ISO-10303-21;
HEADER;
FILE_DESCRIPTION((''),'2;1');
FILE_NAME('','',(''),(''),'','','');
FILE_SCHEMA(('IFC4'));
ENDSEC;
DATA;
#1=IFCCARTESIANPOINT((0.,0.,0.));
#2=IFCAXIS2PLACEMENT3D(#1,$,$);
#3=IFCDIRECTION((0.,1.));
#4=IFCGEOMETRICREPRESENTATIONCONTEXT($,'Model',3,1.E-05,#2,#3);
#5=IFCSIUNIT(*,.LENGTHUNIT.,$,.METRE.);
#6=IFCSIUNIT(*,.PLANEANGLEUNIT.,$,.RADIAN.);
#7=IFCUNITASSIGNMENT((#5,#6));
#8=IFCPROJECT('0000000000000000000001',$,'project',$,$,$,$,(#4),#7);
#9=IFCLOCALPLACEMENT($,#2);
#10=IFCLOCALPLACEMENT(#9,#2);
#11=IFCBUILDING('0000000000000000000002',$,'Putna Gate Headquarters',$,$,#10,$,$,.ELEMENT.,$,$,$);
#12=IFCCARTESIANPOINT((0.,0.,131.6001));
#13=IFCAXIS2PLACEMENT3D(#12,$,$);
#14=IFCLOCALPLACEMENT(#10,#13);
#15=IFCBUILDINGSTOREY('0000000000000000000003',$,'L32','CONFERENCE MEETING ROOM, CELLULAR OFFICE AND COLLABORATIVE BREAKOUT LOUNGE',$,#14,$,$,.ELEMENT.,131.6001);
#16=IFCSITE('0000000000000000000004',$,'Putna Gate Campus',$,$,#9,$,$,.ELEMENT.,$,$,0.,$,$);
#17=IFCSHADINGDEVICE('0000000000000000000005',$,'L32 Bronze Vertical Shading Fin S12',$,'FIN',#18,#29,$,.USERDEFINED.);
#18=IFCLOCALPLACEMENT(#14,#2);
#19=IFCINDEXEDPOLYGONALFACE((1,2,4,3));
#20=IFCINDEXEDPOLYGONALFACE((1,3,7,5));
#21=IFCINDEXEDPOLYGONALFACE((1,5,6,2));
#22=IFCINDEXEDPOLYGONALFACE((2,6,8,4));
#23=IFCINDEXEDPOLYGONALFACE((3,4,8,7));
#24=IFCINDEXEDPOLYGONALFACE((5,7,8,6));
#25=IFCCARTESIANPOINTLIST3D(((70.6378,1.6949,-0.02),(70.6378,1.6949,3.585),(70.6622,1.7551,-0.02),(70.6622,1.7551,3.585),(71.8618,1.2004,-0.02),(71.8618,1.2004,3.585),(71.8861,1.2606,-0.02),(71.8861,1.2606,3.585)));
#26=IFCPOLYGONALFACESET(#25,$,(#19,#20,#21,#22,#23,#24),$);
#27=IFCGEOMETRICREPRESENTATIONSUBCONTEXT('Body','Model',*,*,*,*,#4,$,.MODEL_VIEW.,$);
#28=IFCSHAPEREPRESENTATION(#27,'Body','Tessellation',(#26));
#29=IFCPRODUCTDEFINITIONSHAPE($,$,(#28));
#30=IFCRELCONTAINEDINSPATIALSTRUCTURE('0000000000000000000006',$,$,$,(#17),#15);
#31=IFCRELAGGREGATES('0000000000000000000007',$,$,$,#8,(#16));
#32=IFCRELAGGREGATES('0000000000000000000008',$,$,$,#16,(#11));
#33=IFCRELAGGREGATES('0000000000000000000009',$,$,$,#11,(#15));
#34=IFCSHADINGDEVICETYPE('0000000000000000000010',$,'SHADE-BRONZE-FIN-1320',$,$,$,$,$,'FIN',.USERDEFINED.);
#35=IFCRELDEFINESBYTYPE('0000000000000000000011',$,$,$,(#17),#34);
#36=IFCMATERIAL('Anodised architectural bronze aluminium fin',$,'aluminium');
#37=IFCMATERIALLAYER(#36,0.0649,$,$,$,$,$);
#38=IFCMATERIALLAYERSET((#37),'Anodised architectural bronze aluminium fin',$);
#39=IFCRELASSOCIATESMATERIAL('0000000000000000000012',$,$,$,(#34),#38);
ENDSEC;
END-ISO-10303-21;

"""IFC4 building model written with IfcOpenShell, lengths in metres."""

from ifc_helpers import new_model, si_unit, direction, frame, origin, origin_2d, place, context, subcontext, project, spatial, rectangle, extrude, material, layer, layer_set, type_object, element, save


model = new_model("IFC4")

# Units and contexts
model_context = context("Model", 3, precision=1e-05, world=origin(), true_north=direction((0.0, 1.0)))
body_context = subcontext(model_context, "Body", "Model", "MODEL_VIEW")
ifc_project = project(units=[si_unit("LENGTHUNIT", "METRE"), si_unit("PLANEANGLEUNIT", "RADIAN")], contexts=[model_context])

# Site, building, storey
site_placement = place(None, origin())
site = spatial("IfcSite", under=ifc_project, at=site_placement, Name="Putna Gate Campus", CompositionType="ELEMENT", RefElevation=0.0)
building_placement = place(site_placement, origin())
building = spatial("IfcBuilding", under=site, at=building_placement, Name="Putna Gate Headquarters", CompositionType="ELEMENT")
storey_placement = place(building_placement, frame((0.0, 0.0, 131.6001)))
storey = spatial("IfcBuildingStorey", under=building, at=storey_placement, Name="L32", Description="CONFERENCE MEETING ROOM, CELLULAR OFFICE AND COLLABORATIVE BREAKOUT LOUNGE", CompositionType="ELEMENT", Elevation=131.6001)

# Shading device
ifc_material_1 = material(Name="Anodised architectural bronze aluminium fin", Category="aluminium")
ifc_layer_1 = layer(ifc_material_1, 0.0649)
ifc_layer_set_1 = layer_set([ifc_layer_1], Name="Anodised architectural bronze aluminium fin")
shading_device_type = type_object("IfcShadingDeviceType", Name="SHADE-BRONZE-FIN-1320", ElementType="FIN", PredefinedType="USERDEFINED", material=ifc_layer_set_1)
for number, where, z_axis, x_axis, name in (
    (1, (71.262, 1.4778, -0.02), (0.0, 0.0, 1.0), (0.927184, -0.374607, 0.0), "L32 Bronze Vertical Shading Fin S12"),
):
    element("IfcShadingDevice", number, at=place(storey_placement, frame(where, z_axis=z_axis, x_axis=x_axis)), inside=storey, type_object=shading_device_type, Name=name, ObjectType="FIN", PredefinedType="USERDEFINED", context=body_context, shape_type="SweptSolid", body=[
        extrude(rectangle(XDim=1.3201, YDim=0.0649, at=origin_2d()), origin(), (0.0, 0.0, 1.0), 3.605),
    ])

save(model, "model.ifc")
